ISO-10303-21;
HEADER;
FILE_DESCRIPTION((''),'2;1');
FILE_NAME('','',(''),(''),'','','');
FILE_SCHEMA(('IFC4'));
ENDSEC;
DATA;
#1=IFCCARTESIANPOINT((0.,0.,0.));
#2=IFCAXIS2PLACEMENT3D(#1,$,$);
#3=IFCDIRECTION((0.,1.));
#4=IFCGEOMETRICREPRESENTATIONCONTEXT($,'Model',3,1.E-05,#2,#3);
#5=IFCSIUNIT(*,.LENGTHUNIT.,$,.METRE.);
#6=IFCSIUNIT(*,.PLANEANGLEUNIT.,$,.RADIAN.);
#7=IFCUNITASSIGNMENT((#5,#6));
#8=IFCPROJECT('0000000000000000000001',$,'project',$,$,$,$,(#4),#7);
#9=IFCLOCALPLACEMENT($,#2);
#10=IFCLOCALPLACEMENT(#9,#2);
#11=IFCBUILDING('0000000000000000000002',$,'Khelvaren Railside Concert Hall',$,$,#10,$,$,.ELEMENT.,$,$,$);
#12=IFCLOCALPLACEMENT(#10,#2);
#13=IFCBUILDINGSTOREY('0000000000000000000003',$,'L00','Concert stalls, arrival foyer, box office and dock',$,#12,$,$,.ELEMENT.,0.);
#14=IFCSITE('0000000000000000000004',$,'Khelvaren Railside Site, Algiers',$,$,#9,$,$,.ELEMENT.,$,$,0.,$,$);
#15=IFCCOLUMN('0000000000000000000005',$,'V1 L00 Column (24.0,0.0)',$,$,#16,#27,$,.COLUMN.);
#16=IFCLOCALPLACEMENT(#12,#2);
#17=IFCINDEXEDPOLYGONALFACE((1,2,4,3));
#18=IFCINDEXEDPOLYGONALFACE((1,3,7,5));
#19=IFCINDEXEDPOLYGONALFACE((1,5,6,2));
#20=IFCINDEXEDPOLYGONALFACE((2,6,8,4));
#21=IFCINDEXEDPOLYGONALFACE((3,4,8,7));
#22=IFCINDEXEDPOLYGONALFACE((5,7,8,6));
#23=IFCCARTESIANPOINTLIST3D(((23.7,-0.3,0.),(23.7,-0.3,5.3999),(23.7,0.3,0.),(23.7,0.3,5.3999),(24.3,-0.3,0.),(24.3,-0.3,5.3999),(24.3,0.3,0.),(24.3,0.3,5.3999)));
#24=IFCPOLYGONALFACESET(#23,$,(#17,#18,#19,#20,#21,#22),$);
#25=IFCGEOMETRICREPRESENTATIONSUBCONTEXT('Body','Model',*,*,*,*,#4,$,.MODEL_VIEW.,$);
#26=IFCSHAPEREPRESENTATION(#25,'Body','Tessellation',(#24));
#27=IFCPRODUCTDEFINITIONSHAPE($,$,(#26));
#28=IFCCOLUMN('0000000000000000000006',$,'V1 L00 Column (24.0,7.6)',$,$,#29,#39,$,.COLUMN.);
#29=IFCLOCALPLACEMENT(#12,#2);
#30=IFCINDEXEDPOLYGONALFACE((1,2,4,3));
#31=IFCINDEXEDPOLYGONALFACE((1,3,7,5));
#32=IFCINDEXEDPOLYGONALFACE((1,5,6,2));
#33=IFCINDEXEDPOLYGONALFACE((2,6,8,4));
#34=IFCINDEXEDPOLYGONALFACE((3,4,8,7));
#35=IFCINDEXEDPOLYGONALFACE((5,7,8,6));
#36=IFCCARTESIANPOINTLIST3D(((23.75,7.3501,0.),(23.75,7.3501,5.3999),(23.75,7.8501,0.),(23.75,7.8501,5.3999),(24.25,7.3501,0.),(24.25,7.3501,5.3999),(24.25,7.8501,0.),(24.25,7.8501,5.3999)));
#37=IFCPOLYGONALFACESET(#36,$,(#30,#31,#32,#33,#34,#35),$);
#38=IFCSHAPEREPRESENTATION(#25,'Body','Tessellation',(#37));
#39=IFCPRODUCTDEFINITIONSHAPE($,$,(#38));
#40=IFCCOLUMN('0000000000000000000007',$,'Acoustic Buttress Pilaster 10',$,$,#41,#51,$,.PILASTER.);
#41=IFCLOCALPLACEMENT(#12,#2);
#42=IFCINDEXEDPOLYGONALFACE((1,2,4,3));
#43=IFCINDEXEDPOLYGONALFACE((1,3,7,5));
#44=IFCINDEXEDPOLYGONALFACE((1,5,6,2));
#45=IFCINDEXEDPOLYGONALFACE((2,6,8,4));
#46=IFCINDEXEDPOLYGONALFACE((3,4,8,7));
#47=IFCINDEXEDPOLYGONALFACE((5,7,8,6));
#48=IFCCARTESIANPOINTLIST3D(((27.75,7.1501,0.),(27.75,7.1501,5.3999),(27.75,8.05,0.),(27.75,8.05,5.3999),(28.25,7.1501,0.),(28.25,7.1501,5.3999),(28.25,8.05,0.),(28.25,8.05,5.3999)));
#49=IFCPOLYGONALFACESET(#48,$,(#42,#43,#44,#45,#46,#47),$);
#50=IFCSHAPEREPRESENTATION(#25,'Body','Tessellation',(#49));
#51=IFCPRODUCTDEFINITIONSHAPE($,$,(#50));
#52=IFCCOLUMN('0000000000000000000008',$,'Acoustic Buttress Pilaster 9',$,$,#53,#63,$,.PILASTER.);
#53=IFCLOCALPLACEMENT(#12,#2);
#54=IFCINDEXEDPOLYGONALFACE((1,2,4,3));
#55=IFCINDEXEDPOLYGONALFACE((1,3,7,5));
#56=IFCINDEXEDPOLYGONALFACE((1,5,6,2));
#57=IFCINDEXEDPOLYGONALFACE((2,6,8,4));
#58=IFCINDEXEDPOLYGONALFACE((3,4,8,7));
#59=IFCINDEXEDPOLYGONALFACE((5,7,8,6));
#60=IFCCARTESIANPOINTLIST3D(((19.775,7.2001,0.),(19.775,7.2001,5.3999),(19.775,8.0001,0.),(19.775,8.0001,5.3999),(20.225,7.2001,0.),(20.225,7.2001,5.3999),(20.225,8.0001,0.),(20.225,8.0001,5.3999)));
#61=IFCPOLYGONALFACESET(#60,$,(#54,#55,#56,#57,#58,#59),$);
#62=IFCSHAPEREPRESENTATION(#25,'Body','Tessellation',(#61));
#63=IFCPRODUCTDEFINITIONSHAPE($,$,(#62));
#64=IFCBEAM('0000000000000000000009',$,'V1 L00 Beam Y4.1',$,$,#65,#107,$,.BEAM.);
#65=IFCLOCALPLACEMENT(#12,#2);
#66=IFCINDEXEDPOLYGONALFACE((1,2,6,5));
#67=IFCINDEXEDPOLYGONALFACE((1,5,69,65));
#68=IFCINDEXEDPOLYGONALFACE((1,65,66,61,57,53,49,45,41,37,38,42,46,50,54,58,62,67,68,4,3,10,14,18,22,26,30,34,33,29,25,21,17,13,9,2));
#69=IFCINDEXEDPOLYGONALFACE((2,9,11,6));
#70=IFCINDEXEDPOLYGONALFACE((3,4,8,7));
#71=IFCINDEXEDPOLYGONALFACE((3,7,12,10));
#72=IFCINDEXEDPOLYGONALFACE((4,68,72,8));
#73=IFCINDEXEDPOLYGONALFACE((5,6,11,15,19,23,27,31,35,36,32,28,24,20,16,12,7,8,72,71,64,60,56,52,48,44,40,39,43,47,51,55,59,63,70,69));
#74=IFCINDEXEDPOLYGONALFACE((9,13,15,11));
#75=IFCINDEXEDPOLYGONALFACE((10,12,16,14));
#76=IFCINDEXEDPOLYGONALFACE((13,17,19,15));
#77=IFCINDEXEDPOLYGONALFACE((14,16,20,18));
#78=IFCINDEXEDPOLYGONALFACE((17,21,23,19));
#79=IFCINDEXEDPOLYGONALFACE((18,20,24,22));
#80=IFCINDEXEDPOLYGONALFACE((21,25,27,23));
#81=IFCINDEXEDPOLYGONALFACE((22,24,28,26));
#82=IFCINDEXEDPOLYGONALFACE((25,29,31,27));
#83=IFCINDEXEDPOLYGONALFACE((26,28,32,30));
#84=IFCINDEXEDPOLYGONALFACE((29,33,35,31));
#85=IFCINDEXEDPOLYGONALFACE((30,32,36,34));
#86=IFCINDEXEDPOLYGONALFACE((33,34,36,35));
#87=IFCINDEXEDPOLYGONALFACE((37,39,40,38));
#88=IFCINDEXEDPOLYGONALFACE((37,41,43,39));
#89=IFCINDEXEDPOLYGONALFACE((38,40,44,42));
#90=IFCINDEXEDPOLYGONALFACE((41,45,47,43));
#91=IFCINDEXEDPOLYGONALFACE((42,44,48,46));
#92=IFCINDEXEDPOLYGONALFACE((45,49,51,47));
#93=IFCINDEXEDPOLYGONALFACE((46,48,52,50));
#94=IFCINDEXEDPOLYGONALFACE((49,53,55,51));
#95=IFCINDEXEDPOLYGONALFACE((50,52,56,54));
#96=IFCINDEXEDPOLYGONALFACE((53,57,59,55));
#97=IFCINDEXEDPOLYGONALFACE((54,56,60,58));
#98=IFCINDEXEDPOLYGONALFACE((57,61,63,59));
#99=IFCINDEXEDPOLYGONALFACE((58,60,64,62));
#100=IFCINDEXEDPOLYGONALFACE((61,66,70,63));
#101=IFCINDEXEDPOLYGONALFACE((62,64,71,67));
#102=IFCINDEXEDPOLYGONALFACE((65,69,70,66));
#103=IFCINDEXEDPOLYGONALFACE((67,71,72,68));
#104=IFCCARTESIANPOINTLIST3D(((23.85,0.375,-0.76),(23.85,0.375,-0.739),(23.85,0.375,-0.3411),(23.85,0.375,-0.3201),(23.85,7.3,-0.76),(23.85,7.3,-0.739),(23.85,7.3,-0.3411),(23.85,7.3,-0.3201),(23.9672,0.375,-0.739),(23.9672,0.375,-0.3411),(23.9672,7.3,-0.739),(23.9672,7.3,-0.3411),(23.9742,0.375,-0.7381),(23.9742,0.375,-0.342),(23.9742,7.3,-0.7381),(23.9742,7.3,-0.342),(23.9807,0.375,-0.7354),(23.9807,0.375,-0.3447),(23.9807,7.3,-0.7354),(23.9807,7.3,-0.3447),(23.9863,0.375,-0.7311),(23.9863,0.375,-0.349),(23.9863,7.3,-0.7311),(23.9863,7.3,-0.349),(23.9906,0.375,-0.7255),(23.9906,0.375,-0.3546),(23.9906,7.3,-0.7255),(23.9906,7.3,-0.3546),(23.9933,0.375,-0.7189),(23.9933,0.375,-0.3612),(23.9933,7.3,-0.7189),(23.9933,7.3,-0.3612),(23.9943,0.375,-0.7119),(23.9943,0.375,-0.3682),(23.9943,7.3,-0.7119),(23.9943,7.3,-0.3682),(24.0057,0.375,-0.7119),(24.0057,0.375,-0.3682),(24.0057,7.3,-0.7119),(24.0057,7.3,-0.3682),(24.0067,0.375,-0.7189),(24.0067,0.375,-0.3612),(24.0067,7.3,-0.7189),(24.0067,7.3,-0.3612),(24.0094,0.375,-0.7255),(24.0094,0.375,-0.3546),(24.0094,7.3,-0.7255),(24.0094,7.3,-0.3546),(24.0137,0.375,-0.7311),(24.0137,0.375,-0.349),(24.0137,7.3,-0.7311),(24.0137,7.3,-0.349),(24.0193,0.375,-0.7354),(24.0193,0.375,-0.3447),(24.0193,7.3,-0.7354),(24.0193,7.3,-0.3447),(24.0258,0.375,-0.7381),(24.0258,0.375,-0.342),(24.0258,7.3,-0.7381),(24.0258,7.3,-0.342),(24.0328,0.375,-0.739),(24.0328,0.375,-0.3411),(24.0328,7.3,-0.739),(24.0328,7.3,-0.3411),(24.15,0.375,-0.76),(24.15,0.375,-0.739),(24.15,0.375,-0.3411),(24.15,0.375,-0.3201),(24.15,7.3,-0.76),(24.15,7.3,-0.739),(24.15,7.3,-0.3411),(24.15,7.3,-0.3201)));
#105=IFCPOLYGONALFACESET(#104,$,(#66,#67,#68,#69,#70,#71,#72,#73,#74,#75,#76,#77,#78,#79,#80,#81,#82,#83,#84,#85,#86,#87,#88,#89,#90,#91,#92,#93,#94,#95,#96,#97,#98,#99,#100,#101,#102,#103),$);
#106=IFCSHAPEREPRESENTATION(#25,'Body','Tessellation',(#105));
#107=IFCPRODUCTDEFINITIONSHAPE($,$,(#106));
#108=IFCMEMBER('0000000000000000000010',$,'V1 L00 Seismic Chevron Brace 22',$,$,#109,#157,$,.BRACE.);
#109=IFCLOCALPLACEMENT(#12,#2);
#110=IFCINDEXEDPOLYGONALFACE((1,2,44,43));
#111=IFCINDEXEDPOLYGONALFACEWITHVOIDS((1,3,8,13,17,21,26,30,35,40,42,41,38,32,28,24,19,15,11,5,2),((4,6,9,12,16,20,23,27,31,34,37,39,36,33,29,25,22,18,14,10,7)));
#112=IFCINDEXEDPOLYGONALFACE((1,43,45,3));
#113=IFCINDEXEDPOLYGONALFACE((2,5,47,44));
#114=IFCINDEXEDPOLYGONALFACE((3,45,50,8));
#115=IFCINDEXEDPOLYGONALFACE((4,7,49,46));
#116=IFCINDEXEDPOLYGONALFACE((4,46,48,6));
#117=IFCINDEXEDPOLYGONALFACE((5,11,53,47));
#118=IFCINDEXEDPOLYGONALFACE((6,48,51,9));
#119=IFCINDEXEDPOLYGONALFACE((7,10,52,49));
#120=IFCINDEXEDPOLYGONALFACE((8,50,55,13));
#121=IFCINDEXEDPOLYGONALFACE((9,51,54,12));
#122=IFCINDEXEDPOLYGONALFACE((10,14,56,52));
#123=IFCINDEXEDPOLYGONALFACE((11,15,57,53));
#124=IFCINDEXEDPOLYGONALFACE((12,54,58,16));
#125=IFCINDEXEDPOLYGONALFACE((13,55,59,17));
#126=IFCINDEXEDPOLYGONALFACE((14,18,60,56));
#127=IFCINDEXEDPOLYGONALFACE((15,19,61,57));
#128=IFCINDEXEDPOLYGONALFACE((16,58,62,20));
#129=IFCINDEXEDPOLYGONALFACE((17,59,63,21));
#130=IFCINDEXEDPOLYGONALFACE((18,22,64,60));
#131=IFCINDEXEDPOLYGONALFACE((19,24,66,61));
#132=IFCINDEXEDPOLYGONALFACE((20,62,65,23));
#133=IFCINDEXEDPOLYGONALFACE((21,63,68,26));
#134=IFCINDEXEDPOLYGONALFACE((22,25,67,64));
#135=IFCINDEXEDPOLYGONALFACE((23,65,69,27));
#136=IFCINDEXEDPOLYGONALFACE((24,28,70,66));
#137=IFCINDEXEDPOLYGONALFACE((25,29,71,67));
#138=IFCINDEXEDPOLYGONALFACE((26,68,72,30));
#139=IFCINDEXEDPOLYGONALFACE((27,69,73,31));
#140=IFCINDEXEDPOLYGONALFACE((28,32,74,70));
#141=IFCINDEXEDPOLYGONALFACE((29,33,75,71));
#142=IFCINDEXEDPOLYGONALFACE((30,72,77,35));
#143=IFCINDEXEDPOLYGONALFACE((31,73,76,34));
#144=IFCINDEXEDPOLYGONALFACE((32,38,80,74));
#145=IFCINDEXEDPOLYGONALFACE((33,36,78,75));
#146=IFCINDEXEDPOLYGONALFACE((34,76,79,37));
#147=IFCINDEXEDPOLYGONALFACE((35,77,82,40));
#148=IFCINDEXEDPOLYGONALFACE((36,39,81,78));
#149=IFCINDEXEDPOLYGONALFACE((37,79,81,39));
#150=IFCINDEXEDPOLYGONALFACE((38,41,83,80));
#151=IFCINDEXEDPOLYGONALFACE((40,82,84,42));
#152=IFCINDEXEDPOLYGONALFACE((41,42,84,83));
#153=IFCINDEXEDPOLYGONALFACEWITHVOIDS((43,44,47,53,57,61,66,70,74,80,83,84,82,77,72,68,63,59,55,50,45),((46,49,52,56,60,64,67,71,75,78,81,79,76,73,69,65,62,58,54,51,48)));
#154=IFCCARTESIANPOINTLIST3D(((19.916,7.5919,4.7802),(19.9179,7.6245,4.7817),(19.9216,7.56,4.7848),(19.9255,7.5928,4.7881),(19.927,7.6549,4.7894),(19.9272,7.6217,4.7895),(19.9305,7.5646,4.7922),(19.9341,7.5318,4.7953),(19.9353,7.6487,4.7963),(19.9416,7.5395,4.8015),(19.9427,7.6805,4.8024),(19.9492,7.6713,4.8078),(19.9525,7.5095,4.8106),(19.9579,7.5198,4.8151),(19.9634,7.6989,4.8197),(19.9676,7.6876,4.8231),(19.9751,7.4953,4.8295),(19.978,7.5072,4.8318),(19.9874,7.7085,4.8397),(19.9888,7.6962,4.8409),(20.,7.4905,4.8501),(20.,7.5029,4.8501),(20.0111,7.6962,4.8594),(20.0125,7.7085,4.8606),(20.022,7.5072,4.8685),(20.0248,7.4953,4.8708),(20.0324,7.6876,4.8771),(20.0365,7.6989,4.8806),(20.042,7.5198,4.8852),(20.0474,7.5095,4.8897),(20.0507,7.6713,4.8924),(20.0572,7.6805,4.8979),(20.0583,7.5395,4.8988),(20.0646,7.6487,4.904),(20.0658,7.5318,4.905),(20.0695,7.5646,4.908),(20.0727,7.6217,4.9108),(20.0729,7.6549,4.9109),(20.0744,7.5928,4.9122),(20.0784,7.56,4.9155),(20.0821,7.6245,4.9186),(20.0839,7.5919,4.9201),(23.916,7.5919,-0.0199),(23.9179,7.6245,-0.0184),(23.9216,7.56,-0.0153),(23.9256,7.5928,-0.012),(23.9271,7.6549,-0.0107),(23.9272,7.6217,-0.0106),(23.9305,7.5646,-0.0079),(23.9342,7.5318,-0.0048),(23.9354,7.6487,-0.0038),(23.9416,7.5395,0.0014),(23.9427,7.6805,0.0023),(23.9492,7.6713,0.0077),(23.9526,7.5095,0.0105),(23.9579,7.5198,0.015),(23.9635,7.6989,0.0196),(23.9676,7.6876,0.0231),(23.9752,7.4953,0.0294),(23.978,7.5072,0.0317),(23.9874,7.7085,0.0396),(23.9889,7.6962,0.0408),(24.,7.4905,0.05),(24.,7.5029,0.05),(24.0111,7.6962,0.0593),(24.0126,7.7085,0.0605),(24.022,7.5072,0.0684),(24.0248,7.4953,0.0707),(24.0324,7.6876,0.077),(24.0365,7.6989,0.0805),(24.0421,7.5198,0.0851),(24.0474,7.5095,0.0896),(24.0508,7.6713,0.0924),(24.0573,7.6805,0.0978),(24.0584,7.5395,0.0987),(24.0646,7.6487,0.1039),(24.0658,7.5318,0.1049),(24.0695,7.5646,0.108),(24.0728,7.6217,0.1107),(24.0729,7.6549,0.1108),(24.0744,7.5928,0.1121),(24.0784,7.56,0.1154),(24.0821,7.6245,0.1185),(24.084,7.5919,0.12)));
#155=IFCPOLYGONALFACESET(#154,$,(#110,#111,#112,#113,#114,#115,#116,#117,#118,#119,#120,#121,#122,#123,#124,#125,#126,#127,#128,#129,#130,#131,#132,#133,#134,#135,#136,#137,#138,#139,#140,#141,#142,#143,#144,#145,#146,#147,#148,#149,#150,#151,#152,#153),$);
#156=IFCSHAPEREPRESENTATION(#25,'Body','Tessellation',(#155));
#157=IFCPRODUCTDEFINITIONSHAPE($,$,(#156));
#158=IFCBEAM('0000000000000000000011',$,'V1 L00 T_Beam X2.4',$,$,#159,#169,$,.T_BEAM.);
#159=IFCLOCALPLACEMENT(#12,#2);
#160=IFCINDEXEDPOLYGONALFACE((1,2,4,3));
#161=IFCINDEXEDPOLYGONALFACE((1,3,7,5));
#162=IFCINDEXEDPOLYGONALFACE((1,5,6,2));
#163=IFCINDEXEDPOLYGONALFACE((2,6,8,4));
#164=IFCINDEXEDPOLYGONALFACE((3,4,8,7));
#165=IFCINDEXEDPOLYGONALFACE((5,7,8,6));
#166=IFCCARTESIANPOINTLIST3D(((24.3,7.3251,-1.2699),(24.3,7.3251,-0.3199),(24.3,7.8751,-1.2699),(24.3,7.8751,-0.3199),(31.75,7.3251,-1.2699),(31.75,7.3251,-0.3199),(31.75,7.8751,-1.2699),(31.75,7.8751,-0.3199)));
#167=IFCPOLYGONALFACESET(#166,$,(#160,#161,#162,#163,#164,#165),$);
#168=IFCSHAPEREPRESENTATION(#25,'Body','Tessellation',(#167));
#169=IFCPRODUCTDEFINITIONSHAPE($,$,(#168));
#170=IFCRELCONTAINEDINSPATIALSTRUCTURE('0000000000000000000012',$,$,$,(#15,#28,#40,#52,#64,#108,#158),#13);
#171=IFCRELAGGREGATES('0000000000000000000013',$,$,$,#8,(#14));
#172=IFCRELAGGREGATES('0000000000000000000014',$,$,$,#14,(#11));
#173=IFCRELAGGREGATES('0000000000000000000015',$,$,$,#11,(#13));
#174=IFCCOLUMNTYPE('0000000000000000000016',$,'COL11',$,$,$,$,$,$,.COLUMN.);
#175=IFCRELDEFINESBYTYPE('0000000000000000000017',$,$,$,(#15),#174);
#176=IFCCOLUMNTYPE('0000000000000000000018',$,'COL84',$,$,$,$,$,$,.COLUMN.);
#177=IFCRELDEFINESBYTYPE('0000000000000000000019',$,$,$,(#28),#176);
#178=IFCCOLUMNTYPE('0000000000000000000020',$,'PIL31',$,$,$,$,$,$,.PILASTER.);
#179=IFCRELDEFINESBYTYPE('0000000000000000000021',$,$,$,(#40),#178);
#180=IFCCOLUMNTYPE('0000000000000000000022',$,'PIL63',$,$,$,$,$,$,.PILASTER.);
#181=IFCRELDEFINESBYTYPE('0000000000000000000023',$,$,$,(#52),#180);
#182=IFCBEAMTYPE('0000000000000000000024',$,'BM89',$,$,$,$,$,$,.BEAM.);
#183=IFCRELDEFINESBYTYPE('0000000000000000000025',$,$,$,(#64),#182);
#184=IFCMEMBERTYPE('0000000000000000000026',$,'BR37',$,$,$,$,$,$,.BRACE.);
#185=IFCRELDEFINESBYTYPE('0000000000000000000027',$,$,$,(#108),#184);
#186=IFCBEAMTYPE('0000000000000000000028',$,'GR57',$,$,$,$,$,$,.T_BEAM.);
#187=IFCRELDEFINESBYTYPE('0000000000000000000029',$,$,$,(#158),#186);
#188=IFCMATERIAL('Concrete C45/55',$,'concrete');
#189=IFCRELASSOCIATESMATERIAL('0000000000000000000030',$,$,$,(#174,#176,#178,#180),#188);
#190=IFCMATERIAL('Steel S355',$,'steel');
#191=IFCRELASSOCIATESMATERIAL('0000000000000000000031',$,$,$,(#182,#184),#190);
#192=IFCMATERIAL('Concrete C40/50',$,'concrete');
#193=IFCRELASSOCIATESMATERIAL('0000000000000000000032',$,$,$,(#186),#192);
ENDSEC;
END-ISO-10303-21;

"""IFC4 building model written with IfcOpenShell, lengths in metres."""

from ifc_helpers import new_model, si_unit, direction, frame, origin, origin_2d, place, context, subcontext, project, spatial, rectangle, hollow_circle, i_section, extrude, material, material_profile, profile_set, type_object, element, save


model = new_model("IFC4")

# Units and contexts
model_context = context("Model", 3, precision=1e-05, world=origin(), true_north=direction((0.0, 1.0)))
body_context = subcontext(model_context, "Body", "Model", "MODEL_VIEW")
ifc_project = project(units=[si_unit("LENGTHUNIT", "METRE"), si_unit("PLANEANGLEUNIT", "RADIAN")], contexts=[model_context])

# Site, building, storey
site_placement = place(None, origin())
site = spatial("IfcSite", under=ifc_project, at=site_placement, Name="Khelvaren Railside Site, Algiers", CompositionType="ELEMENT", RefElevation=0.0)
building_placement = place(site_placement, origin())
building = spatial("IfcBuilding", under=site, at=building_placement, Name="Khelvaren Railside Concert Hall", CompositionType="ELEMENT")
storey_placement = place(building_placement, origin())
storey = spatial("IfcBuildingStorey", under=building, at=storey_placement, Name="L00", Description="Concert stalls, arrival foyer, box office and dock", CompositionType="ELEMENT", Elevation=0.0)

# Columns
ifc_material_1 = material(Name="Concrete C45/55", Category="concrete")
ifc_material_profile_1 = material_profile(ifc_material_1, rectangle(XDim=0.6001, YDim=0.6001, at=origin_2d()), Name="RC 600x600")
ifc_profile_set_1 = profile_set([ifc_material_profile_1], Name="Concrete C45/55")
column_type_1 = type_object("IfcColumnType", Name="COL11", PredefinedType="COLUMN", material=ifc_profile_set_1)
column_1_placement = place(storey_placement, frame((24.0, 0.0, 0.0), z_axis=(0.0, 0.0, 1.0), x_axis=(1.0, 0.0, 0.0)))
element("IfcColumn", 1, at=column_1_placement, inside=storey, type_object=column_type_1, Name="V1 L00 Column (24.0,0.0)", PredefinedType="COLUMN", context=body_context, shape_type="SweptSolid", body=[
    extrude(rectangle(XDim=0.6001, YDim=0.6001, at=origin_2d()), origin(), (0.0, 0.0, 1.0), 5.3999),
])
ifc_material_profile_2 = material_profile(ifc_material_1, rectangle(XDim=0.5, YDim=0.5, at=origin_2d()), Name="RC 500x500")
ifc_profile_set_2 = profile_set([ifc_material_profile_2], Name="Concrete C45/55")
column_type_2 = type_object("IfcColumnType", Name="COL84", PredefinedType="COLUMN", material=ifc_profile_set_2)
column_2_placement = place(storey_placement, frame((24.0, 7.6001, 0.0), z_axis=(0.0, 0.0, 1.0), x_axis=(1.0, 0.0, 0.0)))
element("IfcColumn", 2, at=column_2_placement, inside=storey, type_object=column_type_2, Name="V1 L00 Column (24.0,7.6)", PredefinedType="COLUMN", context=body_context, shape_type="SweptSolid", body=[
    extrude(rectangle(XDim=0.5, YDim=0.5, at=origin_2d()), origin(), (0.0, 0.0, 1.0), 5.3999),
])
ifc_material_profile_3 = material_profile(ifc_material_1, rectangle(XDim=0.5, YDim=0.8999, at=origin_2d()), Name="PIL 500x900")
ifc_profile_set_3 = profile_set([ifc_material_profile_3], Name="Concrete C45/55")
column_type_3 = type_object("IfcColumnType", Name="PIL31", PredefinedType="PILASTER", material=ifc_profile_set_3)
column_3_placement = place(storey_placement, frame((28.0, 7.6001, 0.0), z_axis=(0.0, 0.0, 1.0), x_axis=(1.0, 0.0, 0.0)))
element("IfcColumn", 3, at=column_3_placement, inside=storey, type_object=column_type_3, Name="Acoustic Buttress Pilaster 10", PredefinedType="PILASTER", context=body_context, shape_type="SweptSolid", body=[
    extrude(rectangle(XDim=0.5, YDim=0.8999, at=origin_2d()), origin(), (0.0, 0.0, 1.0), 5.3999),
])
ifc_material_profile_4 = material_profile(ifc_material_1, rectangle(XDim=0.45, YDim=0.8, at=origin_2d()), Name="PIL 450x800")
ifc_profile_set_4 = profile_set([ifc_material_profile_4], Name="Concrete C45/55")
column_type_4 = type_object("IfcColumnType", Name="PIL63", PredefinedType="PILASTER", material=ifc_profile_set_4)
column_4_placement = place(storey_placement, frame((20.0, 7.6001, 0.0), z_axis=(0.0, 0.0, 1.0), x_axis=(1.0, 0.0, 0.0)))
element("IfcColumn", 4, at=column_4_placement, inside=storey, type_object=column_type_4, Name="Acoustic Buttress Pilaster 9", PredefinedType="PILASTER", context=body_context, shape_type="SweptSolid", body=[
    extrude(rectangle(XDim=0.45, YDim=0.8, at=origin_2d()), origin(), (0.0, 0.0, 1.0), 5.3999),
])

# Beam
ifc_material_2 = material(Name="Steel S355", Category="steel")
ifc_material_profile_5 = material_profile(ifc_material_2, i_section(OverallWidth=0.3, OverallDepth=0.4399, WebThickness=0.0115, FlangeThickness=0.021, FilletRadius=0.0271, at=origin_2d()), Name="HEA 450")
ifc_profile_set_5 = profile_set([ifc_material_profile_5], Name="Steel S355")
beam_type_1 = type_object("IfcBeamType", Name="BM89", PredefinedType="BEAM", material=ifc_profile_set_5)
beam_1_placement = place(storey_placement, frame((24.0, 0.375, -0.54), z_axis=(0.0, 1.0, 0.0), x_axis=(-1.0, 0.0, 0.0)))
element("IfcBeam", 5, at=beam_1_placement, inside=storey, type_object=beam_type_1, Name="V1 L00 Beam Y4.1", PredefinedType="BEAM", context=body_context, shape_type="SweptSolid", body=[
    extrude(i_section(OverallWidth=0.3, OverallDepth=0.4399, WebThickness=0.0115, FlangeThickness=0.021, FilletRadius=0.0271, at=origin_2d()), origin(), (0.0, 0.0, 1.0), 6.925),
])

# Member
ifc_material_profile_6 = material_profile(ifc_material_2, hollow_circle(Radius=0.1096, WallThickness=0.0125, at=origin_2d()), Name="CHS 219.1x12.5")
ifc_profile_set_6 = profile_set([ifc_material_profile_6], Name="Steel S355")
member_type = type_object("IfcMemberType", Name="BR37", PredefinedType="BRACE", material=ifc_profile_set_6)
member_placement = place(storey_placement, frame((24.0, 7.6001, 0.05), z_axis=(-0.640181, 0.0, 0.768224), x_axis=(0.0, -1.0, 0.0)))
element("IfcMember", 6, at=member_placement, inside=storey, type_object=member_type, Name="V1 L00 Seismic Chevron Brace 22", PredefinedType="BRACE", context=body_context, shape_type="SweptSolid", body=[
    extrude(hollow_circle(Radius=0.1096, WallThickness=0.0125, at=origin_2d()), origin(), (0.0, 0.0, 1.0), 6.2483),
])

# Beam
ifc_material_3 = material(Name="Concrete C40/50", Category="concrete")
ifc_material_profile_7 = material_profile(ifc_material_3, rectangle(XDim=0.55, YDim=0.95, at=origin_2d()), Name="RCB 550x950")
ifc_profile_set_7 = profile_set([ifc_material_profile_7], Name="Concrete C40/50")
beam_type_2 = type_object("IfcBeamType", Name="GR57", PredefinedType="T_BEAM", material=ifc_profile_set_7)
beam_2_placement = place(storey_placement, frame((24.3, 7.6001, -0.7949), z_axis=(1.0, 0.0, 0.0), x_axis=(0.0, 1.0, 0.0)))
element("IfcBeam", 7, at=beam_2_placement, inside=storey, type_object=beam_type_2, Name="V1 L00 T_Beam X2.4", PredefinedType="T_BEAM", context=body_context, shape_type="SweptSolid", body=[
    extrude(rectangle(XDim=0.55, YDim=0.95, at=origin_2d()), origin(), (0.0, 0.0, 1.0), 7.45),
])

save(model, "model.ifc")
